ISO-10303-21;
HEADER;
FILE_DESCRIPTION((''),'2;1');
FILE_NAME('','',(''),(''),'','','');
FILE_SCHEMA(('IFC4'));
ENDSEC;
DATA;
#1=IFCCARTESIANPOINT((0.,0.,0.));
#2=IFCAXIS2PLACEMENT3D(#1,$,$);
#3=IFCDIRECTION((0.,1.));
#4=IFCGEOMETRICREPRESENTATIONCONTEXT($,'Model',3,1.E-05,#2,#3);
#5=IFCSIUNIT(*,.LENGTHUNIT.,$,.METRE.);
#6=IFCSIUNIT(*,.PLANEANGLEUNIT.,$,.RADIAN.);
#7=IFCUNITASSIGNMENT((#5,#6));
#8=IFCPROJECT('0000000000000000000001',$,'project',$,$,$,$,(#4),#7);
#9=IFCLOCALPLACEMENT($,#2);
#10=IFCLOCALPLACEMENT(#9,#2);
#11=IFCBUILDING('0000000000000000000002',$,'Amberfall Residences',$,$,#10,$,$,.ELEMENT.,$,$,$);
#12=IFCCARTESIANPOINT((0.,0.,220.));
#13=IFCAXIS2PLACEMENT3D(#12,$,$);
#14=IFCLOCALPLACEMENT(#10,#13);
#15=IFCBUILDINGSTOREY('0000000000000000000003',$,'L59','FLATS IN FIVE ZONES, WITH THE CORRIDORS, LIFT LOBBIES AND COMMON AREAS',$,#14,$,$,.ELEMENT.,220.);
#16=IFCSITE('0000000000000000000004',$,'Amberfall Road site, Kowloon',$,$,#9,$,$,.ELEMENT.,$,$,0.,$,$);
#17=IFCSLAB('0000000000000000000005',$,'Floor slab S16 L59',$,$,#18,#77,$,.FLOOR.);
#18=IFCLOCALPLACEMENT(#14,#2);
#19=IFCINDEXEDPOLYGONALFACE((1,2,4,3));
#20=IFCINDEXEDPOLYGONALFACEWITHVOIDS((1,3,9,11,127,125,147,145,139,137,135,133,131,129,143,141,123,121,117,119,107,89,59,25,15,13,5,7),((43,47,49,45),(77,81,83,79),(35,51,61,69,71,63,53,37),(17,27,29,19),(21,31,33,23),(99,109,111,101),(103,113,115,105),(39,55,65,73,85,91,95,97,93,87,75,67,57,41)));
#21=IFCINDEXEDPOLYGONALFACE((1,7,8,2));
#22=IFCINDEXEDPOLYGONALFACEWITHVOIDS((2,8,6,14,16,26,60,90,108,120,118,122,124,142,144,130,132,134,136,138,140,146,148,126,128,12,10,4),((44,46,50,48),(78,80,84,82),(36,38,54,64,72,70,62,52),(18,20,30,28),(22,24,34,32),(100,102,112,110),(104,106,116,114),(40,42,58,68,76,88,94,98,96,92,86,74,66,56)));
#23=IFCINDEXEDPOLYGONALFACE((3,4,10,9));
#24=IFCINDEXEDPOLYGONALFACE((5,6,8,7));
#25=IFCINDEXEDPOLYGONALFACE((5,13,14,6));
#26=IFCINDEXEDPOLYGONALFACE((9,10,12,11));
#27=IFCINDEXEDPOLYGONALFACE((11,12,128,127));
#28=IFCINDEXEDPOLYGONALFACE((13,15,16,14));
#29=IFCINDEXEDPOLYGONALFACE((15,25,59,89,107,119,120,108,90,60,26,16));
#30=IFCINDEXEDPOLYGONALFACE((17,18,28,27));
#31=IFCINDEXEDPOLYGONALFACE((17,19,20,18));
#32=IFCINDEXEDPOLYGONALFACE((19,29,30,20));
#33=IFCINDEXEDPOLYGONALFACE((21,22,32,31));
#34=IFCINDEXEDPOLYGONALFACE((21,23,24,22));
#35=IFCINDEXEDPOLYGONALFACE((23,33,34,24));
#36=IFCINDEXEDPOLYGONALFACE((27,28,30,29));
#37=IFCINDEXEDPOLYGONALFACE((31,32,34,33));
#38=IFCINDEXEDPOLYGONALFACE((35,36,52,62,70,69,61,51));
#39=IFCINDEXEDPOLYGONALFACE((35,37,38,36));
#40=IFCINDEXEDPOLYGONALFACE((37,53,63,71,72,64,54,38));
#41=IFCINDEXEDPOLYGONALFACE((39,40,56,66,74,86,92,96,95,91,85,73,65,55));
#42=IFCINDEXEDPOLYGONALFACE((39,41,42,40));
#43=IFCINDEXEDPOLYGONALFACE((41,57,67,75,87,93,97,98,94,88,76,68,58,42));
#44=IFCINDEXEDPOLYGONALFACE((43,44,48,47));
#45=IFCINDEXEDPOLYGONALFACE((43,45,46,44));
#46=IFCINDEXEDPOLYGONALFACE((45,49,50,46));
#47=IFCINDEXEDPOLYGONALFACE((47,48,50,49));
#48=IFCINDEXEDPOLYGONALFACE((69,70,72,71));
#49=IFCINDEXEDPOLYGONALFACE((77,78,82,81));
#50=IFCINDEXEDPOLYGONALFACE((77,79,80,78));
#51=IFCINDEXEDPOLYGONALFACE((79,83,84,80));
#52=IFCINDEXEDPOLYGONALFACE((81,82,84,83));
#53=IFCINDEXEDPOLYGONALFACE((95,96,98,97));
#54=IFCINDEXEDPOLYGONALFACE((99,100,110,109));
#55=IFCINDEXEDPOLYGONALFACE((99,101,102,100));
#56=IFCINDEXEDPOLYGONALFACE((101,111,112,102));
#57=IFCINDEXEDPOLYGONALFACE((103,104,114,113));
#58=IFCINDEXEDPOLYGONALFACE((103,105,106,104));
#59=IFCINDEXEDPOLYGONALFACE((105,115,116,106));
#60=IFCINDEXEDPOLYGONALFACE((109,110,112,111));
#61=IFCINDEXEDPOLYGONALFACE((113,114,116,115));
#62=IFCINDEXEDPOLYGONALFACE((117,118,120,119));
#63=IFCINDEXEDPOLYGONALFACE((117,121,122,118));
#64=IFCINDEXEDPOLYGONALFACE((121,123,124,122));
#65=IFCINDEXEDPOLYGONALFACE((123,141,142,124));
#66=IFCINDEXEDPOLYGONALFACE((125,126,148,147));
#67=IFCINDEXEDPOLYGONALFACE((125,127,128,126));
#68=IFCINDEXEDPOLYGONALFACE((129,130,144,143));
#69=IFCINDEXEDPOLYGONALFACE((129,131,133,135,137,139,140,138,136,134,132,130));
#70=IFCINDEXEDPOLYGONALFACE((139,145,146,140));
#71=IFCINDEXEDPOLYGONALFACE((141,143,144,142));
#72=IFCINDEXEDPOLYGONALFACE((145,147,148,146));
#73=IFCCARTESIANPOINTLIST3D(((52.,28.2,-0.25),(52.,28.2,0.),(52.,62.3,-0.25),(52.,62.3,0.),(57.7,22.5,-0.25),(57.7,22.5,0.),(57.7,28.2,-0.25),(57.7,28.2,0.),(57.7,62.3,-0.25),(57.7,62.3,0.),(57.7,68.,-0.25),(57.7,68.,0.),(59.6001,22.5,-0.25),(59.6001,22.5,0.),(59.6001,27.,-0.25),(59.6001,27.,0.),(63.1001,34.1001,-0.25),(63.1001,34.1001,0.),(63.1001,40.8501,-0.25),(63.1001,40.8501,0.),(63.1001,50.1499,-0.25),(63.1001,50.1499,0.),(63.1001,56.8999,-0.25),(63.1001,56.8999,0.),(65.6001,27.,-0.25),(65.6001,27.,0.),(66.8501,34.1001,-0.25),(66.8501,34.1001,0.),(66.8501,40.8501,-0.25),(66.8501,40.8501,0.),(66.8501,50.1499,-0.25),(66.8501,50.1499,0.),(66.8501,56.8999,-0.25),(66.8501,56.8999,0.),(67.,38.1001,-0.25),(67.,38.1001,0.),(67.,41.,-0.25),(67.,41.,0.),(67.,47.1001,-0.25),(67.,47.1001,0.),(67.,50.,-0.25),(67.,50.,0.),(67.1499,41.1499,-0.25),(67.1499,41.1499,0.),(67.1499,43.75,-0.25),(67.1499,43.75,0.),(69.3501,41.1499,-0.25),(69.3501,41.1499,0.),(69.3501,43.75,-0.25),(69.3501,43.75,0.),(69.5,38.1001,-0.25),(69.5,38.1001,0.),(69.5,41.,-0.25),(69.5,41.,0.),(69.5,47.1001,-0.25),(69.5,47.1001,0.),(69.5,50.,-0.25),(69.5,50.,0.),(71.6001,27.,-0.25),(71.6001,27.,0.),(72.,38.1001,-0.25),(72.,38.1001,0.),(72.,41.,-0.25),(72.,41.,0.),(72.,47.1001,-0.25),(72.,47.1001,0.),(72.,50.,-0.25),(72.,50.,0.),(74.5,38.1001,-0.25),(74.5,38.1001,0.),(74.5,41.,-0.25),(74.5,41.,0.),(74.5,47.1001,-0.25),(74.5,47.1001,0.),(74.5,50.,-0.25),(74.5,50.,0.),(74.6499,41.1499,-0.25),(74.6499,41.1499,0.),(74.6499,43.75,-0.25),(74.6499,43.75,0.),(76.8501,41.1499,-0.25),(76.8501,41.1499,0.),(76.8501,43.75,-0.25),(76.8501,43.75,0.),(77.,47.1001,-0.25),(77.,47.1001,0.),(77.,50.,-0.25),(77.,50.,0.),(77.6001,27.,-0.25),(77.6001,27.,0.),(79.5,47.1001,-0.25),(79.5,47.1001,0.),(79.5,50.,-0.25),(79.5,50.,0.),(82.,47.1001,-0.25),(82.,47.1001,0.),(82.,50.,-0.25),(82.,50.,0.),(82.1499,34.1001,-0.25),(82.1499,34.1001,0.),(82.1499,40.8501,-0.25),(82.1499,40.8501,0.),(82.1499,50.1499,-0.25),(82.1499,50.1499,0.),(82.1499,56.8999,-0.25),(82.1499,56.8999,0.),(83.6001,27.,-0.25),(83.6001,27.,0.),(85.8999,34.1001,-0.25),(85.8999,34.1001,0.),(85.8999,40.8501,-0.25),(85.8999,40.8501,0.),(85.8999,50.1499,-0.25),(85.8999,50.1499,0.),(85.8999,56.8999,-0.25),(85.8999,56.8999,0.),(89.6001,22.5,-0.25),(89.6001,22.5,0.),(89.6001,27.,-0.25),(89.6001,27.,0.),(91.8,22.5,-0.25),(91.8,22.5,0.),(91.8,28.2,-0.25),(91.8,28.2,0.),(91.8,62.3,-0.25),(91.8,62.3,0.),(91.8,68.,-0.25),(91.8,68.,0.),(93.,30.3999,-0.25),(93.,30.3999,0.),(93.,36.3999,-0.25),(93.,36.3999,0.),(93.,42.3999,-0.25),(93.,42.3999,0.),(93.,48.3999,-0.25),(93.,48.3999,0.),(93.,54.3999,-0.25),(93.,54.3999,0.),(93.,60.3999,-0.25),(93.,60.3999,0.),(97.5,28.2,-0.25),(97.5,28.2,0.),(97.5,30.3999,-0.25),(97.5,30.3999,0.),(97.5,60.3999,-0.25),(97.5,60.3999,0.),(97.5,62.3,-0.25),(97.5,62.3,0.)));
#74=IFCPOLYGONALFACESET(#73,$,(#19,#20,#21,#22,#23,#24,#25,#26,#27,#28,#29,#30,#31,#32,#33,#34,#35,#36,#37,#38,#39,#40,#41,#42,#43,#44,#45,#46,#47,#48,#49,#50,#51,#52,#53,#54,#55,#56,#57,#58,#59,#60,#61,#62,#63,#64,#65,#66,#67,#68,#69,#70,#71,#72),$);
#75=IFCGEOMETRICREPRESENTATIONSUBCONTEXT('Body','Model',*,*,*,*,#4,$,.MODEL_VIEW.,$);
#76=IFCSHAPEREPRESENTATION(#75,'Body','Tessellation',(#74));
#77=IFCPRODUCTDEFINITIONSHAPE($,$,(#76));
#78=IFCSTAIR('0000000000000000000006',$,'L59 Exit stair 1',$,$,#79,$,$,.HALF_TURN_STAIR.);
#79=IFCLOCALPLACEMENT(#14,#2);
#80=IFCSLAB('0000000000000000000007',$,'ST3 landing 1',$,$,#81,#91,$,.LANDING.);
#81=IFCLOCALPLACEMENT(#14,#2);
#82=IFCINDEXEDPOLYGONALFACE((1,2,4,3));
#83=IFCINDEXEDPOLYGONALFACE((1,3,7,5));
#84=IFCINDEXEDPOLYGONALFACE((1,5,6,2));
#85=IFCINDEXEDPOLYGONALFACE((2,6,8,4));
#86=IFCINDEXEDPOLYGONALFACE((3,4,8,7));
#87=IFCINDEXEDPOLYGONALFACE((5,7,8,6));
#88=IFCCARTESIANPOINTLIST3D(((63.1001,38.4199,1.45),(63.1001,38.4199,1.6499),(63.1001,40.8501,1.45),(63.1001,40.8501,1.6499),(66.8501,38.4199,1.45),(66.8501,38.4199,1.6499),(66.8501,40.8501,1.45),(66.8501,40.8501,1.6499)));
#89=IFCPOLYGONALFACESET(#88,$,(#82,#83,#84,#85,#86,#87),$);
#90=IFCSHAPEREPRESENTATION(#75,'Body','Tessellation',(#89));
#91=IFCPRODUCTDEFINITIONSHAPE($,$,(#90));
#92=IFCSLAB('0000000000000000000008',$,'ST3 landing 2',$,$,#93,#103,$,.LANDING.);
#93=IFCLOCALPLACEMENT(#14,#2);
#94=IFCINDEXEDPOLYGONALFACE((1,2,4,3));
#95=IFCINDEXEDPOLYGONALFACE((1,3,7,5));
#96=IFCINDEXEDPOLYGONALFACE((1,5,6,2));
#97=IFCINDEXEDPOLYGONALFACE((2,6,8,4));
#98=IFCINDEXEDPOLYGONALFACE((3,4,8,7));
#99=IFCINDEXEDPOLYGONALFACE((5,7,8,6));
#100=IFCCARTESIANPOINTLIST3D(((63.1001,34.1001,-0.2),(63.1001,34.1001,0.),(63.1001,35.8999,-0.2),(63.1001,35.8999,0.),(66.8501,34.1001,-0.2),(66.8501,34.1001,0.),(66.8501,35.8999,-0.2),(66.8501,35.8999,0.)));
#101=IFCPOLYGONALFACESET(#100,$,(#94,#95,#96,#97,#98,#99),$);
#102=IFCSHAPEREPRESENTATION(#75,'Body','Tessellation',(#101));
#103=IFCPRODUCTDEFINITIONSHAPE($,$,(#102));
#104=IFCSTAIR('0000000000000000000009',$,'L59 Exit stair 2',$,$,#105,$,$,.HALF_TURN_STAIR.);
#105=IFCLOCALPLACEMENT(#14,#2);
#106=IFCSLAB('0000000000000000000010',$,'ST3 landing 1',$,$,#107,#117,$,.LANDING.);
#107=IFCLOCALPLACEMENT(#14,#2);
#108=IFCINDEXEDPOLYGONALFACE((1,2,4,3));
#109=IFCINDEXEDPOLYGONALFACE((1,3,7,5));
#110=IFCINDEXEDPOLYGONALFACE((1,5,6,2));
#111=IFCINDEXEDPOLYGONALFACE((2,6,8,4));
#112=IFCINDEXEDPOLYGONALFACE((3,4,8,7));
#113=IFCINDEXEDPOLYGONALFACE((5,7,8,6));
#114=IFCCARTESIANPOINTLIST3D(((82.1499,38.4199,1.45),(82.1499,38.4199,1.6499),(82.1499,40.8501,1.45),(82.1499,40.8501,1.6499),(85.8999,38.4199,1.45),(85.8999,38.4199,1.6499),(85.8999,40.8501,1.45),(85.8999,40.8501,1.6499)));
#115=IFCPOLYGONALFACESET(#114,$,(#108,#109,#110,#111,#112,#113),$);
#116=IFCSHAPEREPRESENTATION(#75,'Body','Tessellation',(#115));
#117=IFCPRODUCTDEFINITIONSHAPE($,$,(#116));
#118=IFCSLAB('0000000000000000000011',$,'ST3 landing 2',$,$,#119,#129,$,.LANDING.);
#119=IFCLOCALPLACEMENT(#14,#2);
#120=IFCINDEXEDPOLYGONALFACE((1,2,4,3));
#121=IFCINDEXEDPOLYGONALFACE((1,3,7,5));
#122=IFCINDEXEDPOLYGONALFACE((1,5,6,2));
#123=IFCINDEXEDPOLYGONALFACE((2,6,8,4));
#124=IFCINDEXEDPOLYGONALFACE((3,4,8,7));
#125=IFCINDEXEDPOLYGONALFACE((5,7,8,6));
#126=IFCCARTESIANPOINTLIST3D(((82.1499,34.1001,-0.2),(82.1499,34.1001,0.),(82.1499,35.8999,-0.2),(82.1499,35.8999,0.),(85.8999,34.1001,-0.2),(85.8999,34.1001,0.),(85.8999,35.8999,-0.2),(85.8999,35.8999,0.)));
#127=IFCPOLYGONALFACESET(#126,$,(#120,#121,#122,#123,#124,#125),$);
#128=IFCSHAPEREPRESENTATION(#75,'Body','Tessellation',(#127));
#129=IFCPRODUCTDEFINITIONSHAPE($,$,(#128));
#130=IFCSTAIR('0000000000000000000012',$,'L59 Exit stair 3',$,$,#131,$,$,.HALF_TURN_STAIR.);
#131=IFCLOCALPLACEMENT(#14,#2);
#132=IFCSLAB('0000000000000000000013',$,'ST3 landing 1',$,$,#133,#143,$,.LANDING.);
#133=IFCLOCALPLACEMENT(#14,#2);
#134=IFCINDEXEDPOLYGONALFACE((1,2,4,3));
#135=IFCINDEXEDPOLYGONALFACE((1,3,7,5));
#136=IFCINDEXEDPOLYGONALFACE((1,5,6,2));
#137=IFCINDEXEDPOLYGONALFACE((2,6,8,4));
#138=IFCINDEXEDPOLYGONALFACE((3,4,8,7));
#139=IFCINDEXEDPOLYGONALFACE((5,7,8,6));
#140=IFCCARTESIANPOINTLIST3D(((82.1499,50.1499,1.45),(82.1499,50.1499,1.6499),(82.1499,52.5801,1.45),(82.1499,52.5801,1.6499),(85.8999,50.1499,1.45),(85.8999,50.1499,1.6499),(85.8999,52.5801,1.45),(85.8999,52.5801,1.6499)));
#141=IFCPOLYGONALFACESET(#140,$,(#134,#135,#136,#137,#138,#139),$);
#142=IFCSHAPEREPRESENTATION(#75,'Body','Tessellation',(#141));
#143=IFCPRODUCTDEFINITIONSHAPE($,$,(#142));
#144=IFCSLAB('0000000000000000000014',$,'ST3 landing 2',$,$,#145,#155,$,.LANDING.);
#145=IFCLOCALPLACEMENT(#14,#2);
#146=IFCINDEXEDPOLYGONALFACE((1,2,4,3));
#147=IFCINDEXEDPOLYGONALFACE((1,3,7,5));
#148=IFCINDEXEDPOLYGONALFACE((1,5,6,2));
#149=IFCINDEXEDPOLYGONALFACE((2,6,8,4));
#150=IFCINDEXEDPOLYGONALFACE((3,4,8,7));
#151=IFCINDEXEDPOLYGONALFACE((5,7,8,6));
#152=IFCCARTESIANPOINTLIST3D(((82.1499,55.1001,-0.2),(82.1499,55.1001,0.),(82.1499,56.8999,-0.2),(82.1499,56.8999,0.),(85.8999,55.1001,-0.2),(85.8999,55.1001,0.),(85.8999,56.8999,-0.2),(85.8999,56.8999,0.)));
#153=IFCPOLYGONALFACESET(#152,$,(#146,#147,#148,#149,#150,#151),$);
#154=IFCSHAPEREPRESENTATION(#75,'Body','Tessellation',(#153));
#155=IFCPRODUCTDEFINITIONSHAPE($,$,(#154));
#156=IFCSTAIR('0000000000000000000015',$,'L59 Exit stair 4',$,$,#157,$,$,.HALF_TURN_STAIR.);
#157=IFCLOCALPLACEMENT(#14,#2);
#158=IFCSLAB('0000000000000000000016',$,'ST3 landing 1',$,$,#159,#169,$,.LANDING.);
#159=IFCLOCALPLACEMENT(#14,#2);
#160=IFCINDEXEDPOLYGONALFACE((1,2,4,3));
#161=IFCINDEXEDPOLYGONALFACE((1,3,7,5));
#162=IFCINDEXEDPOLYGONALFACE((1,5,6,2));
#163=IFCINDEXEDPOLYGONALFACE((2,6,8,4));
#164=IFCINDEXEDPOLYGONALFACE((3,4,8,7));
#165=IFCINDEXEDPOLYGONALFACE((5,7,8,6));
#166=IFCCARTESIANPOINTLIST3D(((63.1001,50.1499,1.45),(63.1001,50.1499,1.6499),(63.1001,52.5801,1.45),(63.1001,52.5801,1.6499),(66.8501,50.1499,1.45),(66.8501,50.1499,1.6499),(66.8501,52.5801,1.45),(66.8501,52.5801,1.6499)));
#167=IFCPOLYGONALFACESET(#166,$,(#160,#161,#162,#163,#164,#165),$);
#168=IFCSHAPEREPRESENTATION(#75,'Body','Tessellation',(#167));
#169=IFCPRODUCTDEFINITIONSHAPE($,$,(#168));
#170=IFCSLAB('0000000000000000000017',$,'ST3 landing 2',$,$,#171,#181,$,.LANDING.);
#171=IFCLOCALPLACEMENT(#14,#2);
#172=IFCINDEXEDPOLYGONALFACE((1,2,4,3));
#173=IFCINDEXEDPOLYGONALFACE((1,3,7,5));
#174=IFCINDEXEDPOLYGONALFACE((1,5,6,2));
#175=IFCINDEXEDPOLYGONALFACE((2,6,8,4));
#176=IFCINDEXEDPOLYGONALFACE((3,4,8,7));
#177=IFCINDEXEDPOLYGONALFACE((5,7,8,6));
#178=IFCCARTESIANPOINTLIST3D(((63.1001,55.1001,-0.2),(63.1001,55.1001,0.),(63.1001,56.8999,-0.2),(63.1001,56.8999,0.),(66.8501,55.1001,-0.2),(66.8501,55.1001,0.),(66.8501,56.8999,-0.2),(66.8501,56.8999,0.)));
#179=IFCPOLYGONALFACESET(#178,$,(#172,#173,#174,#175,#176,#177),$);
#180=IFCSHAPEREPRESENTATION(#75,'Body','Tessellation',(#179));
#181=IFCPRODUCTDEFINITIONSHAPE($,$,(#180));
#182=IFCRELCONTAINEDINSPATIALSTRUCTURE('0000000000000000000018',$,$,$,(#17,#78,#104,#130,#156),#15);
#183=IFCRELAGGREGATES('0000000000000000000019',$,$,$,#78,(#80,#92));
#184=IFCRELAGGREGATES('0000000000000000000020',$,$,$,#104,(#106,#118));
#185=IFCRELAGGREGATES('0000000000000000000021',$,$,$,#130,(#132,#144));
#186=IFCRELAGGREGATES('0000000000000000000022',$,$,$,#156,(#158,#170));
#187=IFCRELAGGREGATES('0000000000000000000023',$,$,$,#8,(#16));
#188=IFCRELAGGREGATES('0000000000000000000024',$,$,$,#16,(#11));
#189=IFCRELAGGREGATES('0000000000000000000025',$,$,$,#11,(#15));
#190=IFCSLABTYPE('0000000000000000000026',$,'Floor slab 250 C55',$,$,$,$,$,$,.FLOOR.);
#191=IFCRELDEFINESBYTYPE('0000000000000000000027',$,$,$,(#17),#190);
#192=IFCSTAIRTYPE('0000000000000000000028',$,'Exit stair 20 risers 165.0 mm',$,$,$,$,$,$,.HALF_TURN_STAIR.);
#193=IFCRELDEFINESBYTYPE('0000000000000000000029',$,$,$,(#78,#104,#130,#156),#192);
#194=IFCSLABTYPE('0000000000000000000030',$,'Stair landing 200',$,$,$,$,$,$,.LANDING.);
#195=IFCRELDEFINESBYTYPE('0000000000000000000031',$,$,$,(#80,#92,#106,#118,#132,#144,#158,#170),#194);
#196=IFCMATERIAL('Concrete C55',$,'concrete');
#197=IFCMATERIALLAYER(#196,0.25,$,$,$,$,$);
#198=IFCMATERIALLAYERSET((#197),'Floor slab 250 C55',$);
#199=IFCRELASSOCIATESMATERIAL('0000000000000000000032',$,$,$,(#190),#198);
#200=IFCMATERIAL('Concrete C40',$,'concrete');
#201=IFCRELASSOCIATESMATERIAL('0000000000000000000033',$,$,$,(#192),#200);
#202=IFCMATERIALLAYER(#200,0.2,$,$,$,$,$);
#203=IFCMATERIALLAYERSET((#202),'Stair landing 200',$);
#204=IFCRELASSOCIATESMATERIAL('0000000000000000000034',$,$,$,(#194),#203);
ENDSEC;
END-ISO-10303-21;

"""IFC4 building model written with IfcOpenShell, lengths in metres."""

from ifc_helpers import new_model, si_unit, direction, frame, origin, place, context, subcontext, project, spatial, polyline, outline, extrude, material, layer, layer_set, type_object, element, aggregate, save


model = new_model("IFC4")

# Units and contexts
model_context = context("Model", 3, precision=1e-05, world=origin(), true_north=direction((0.0, 1.0)))
body_context = subcontext(model_context, "Body", "Model", "MODEL_VIEW")
ifc_project = project(units=[si_unit("LENGTHUNIT", "METRE"), si_unit("PLANEANGLEUNIT", "RADIAN")], contexts=[model_context])

# Site, building, storey
site_placement = place(None, origin())
site = spatial("IfcSite", under=ifc_project, at=site_placement, Name="Amberfall Road site, Kowloon", CompositionType="ELEMENT", RefElevation=0.0)
building_placement = place(site_placement, origin())
building = spatial("IfcBuilding", under=site, at=building_placement, Name="Amberfall Residences", CompositionType="ELEMENT")
storey_placement = place(building_placement, frame((0.0, 0.0, 220.0)))
storey = spatial("IfcBuildingStorey", under=building, at=storey_placement, Name="L59", Description="FLATS IN FIVE ZONES, WITH THE CORRIDORS, LIFT LOBBIES AND COMMON AREAS", CompositionType="ELEMENT", Elevation=220.0)

# Slab
ifc_material_1 = material(Name="Concrete C55", Category="concrete")
ifc_layer_1 = layer(ifc_material_1, 0.25)
ifc_layer_set_1 = layer_set([ifc_layer_1], Name="Floor slab 250 C55")
slab_type_1 = type_object("IfcSlabType", Name="Floor slab 250 C55", PredefinedType="FLOOR", material=ifc_layer_set_1)
slab_1_placement = place(storey_placement, frame((0.0, 0.0, -0.25)))
element("IfcSlab", 1, at=slab_1_placement, inside=storey, type_object=slab_type_1, Name="Floor slab S16 L59", PredefinedType="FLOOR", context=body_context, shape_type="SweptSolid", body=[
    extrude(outline(polyline([(89.6001, 22.5), (89.6001, 27.0), (83.6001, 27.0), (77.6001, 27.0), (71.6001, 27.0), (65.6001, 27.0), (59.6001, 27.0), (59.6001, 22.5), (57.7, 22.5), (57.7, 28.2), (52.0, 28.2), (52.0, 62.3), (57.7, 62.3), (57.7, 68.0), (91.8, 68.0), (91.8, 62.3), (97.5, 62.3), (97.5, 60.3999), (93.0, 60.3999), (93.0, 54.3999), (93.0, 48.3999), (93.0, 42.3999), (93.0, 36.3999), (93.0, 30.3999), (97.5, 30.3999), (97.5, 28.2), (91.8, 28.2), (91.8, 22.5), (89.6001, 22.5)]), holes=[polyline([(85.8999, 34.1001), (85.8999, 40.8501), (82.1499, 40.8501), (82.1499, 34.1001), (85.8999, 34.1001)]), polyline([(85.8999, 50.1499), (85.8999, 56.8999), (82.1499, 56.8999), (82.1499, 50.1499), (85.8999, 50.1499)]), polyline([(72.0, 50.0), (69.5, 50.0), (67.0, 50.0), (67.0, 47.1001), (69.5, 47.1001), (72.0, 47.1001), (74.5, 47.1001), (77.0, 47.1001), (79.5, 47.1001), (82.0, 47.1001), (82.0, 50.0), (79.5, 50.0), (77.0, 50.0), (74.5, 50.0), (72.0, 50.0)]), polyline([(76.8501, 41.1499), (76.8501, 43.75), (74.6499, 43.75), (74.6499, 41.1499), (76.8501, 41.1499)]), polyline([(69.5, 41.0), (67.0, 41.0), (67.0, 38.1001), (69.5, 38.1001), (72.0, 38.1001), (74.5, 38.1001), (74.5, 41.0), (72.0, 41.0), (69.5, 41.0)]), polyline([(69.3501, 41.1499), (69.3501, 43.75), (67.1499, 43.75), (67.1499, 41.1499), (69.3501, 41.1499)]), polyline([(66.8501, 50.1499), (66.8501, 56.8999), (63.1001, 56.8999), (63.1001, 50.1499), (66.8501, 50.1499)]), polyline([(66.8501, 40.8501), (63.1001, 40.8501), (63.1001, 34.1001), (66.8501, 34.1001), (66.8501, 40.8501)])]), origin(), (0.0, 0.0, 1.0), 0.25),
])

# Stairs, slabs
ifc_material_2 = material(Name="Concrete C40", Category="concrete")
stair_type = type_object("IfcStairType", Name="Exit stair 20 risers 165.0 mm", PredefinedType="HALF_TURN_STAIR", material=ifc_material_2)
stair_1_placement = place(storey_placement, origin())
stair_1 = element("IfcStair", 2, at=stair_1_placement, inside=storey, type_object=stair_type, Name="L59 Exit stair 1", PredefinedType="HALF_TURN_STAIR")
ifc_layer_2 = layer(ifc_material_2, 0.2)
ifc_layer_set_2 = layer_set([ifc_layer_2], Name="Stair landing 200")
slab_type_2 = type_object("IfcSlabType", Name="Stair landing 200", PredefinedType="LANDING", material=ifc_layer_set_2)
slab_2_placement = place(storey_placement, frame((0.0, 0.0, 1.45)))
slab_2 = element("IfcSlab", 3, at=slab_2_placement, type_object=slab_type_2, Name="ST3 landing 1", PredefinedType="LANDING", context=body_context, shape_type="SweptSolid", body=[
    extrude(outline(polyline([(66.8501, 38.4199), (66.8501, 40.8501), (63.1001, 40.8501), (63.1001, 38.4199), (66.8501, 38.4199)])), origin(), (0.0, 0.0, 1.0), 0.2),
])
slab_3_placement = place(storey_placement, frame((0.0, 0.0, -0.2)))
slab_3 = element("IfcSlab", 4, at=slab_3_placement, type_object=slab_type_2, Name="ST3 landing 2", PredefinedType="LANDING", context=body_context, shape_type="SweptSolid", body=[
    extrude(outline(polyline([(66.8501, 34.1001), (66.8501, 35.8999), (63.1001, 35.8999), (63.1001, 34.1001), (66.8501, 34.1001)])), origin(), (0.0, 0.0, 1.0), 0.2),
])
aggregate(stair_1, [slab_2, slab_3])
stair_2_placement = place(storey_placement, origin())
stair_2 = element("IfcStair", 5, at=stair_2_placement, inside=storey, type_object=stair_type, Name="L59 Exit stair 2", PredefinedType="HALF_TURN_STAIR")
slab_4_placement = place(storey_placement, frame((0.0, 0.0, 1.45)))
slab_4 = element("IfcSlab", 6, at=slab_4_placement, type_object=slab_type_2, Name="ST3 landing 1", PredefinedType="LANDING", context=body_context, shape_type="SweptSolid", body=[
    extrude(outline(polyline([(85.8999, 38.4199), (85.8999, 40.8501), (82.1499, 40.8501), (82.1499, 38.4199), (85.8999, 38.4199)])), origin(), (0.0, 0.0, 1.0), 0.2),
])
slab_5_placement = place(storey_placement, frame((0.0, 0.0, -0.2)))
slab_5 = element("IfcSlab", 7, at=slab_5_placement, type_object=slab_type_2, Name="ST3 landing 2", PredefinedType="LANDING", context=body_context, shape_type="SweptSolid", body=[
    extrude(outline(polyline([(85.8999, 34.1001), (85.8999, 35.8999), (82.1499, 35.8999), (82.1499, 34.1001), (85.8999, 34.1001)])), origin(), (0.0, 0.0, 1.0), 0.2),
])
aggregate(stair_2, [slab_4, slab_5])
stair_3_placement = place(storey_placement, origin())
stair_3 = element("IfcStair", 8, at=stair_3_placement, inside=storey, type_object=stair_type, Name="L59 Exit stair 3", PredefinedType="HALF_TURN_STAIR")
slab_6_placement = place(storey_placement, frame((0.0, 0.0, 1.45)))
slab_6 = element("IfcSlab", 9, at=slab_6_placement, type_object=slab_type_2, Name="ST3 landing 1", PredefinedType="LANDING", context=body_context, shape_type="SweptSolid", body=[
    extrude(outline(polyline([(82.1499, 52.5801), (82.1499, 50.1499), (85.8999, 50.1499), (85.8999, 52.5801), (82.1499, 52.5801)])), origin(), (0.0, 0.0, 1.0), 0.2),
])
slab_7_placement = place(storey_placement, frame((0.0, 0.0, -0.2)))
slab_7 = element("IfcSlab", 10, at=slab_7_placement, type_object=slab_type_2, Name="ST3 landing 2", PredefinedType="LANDING", context=body_context, shape_type="SweptSolid", body=[
    extrude(outline(polyline([(82.1499, 56.8999), (82.1499, 55.1001), (85.8999, 55.1001), (85.8999, 56.8999), (82.1499, 56.8999)])), origin(), (0.0, 0.0, 1.0), 0.2),
])
aggregate(stair_3, [slab_6, slab_7])
stair_4_placement = place(storey_placement, origin())
stair_4 = element("IfcStair", 11, at=stair_4_placement, inside=storey, type_object=stair_type, Name="L59 Exit stair 4", PredefinedType="HALF_TURN_STAIR")
slab_8_placement = place(storey_placement, frame((0.0, 0.0, 1.45)))
slab_8 = element("IfcSlab", 12, at=slab_8_placement, type_object=slab_type_2, Name="ST3 landing 1", PredefinedType="LANDING", context=body_context, shape_type="SweptSolid", body=[
    extrude(outline(polyline([(63.1001, 52.5801), (63.1001, 50.1499), (66.8501, 50.1499), (66.8501, 52.5801), (63.1001, 52.5801)])), origin(), (0.0, 0.0, 1.0), 0.2),
])
slab_9_placement = place(storey_placement, frame((0.0, 0.0, -0.2)))
slab_9 = element("IfcSlab", 13, at=slab_9_placement, type_object=slab_type_2, Name="ST3 landing 2", PredefinedType="LANDING", context=body_context, shape_type="SweptSolid", body=[
    extrude(outline(polyline([(63.1001, 56.8999), (63.1001, 55.1001), (66.8501, 55.1001), (66.8501, 56.8999), (63.1001, 56.8999)])), origin(), (0.0, 0.0, 1.0), 0.2),
])
aggregate(stair_4, [slab_8, slab_9])

save(model, "model.ifc")
